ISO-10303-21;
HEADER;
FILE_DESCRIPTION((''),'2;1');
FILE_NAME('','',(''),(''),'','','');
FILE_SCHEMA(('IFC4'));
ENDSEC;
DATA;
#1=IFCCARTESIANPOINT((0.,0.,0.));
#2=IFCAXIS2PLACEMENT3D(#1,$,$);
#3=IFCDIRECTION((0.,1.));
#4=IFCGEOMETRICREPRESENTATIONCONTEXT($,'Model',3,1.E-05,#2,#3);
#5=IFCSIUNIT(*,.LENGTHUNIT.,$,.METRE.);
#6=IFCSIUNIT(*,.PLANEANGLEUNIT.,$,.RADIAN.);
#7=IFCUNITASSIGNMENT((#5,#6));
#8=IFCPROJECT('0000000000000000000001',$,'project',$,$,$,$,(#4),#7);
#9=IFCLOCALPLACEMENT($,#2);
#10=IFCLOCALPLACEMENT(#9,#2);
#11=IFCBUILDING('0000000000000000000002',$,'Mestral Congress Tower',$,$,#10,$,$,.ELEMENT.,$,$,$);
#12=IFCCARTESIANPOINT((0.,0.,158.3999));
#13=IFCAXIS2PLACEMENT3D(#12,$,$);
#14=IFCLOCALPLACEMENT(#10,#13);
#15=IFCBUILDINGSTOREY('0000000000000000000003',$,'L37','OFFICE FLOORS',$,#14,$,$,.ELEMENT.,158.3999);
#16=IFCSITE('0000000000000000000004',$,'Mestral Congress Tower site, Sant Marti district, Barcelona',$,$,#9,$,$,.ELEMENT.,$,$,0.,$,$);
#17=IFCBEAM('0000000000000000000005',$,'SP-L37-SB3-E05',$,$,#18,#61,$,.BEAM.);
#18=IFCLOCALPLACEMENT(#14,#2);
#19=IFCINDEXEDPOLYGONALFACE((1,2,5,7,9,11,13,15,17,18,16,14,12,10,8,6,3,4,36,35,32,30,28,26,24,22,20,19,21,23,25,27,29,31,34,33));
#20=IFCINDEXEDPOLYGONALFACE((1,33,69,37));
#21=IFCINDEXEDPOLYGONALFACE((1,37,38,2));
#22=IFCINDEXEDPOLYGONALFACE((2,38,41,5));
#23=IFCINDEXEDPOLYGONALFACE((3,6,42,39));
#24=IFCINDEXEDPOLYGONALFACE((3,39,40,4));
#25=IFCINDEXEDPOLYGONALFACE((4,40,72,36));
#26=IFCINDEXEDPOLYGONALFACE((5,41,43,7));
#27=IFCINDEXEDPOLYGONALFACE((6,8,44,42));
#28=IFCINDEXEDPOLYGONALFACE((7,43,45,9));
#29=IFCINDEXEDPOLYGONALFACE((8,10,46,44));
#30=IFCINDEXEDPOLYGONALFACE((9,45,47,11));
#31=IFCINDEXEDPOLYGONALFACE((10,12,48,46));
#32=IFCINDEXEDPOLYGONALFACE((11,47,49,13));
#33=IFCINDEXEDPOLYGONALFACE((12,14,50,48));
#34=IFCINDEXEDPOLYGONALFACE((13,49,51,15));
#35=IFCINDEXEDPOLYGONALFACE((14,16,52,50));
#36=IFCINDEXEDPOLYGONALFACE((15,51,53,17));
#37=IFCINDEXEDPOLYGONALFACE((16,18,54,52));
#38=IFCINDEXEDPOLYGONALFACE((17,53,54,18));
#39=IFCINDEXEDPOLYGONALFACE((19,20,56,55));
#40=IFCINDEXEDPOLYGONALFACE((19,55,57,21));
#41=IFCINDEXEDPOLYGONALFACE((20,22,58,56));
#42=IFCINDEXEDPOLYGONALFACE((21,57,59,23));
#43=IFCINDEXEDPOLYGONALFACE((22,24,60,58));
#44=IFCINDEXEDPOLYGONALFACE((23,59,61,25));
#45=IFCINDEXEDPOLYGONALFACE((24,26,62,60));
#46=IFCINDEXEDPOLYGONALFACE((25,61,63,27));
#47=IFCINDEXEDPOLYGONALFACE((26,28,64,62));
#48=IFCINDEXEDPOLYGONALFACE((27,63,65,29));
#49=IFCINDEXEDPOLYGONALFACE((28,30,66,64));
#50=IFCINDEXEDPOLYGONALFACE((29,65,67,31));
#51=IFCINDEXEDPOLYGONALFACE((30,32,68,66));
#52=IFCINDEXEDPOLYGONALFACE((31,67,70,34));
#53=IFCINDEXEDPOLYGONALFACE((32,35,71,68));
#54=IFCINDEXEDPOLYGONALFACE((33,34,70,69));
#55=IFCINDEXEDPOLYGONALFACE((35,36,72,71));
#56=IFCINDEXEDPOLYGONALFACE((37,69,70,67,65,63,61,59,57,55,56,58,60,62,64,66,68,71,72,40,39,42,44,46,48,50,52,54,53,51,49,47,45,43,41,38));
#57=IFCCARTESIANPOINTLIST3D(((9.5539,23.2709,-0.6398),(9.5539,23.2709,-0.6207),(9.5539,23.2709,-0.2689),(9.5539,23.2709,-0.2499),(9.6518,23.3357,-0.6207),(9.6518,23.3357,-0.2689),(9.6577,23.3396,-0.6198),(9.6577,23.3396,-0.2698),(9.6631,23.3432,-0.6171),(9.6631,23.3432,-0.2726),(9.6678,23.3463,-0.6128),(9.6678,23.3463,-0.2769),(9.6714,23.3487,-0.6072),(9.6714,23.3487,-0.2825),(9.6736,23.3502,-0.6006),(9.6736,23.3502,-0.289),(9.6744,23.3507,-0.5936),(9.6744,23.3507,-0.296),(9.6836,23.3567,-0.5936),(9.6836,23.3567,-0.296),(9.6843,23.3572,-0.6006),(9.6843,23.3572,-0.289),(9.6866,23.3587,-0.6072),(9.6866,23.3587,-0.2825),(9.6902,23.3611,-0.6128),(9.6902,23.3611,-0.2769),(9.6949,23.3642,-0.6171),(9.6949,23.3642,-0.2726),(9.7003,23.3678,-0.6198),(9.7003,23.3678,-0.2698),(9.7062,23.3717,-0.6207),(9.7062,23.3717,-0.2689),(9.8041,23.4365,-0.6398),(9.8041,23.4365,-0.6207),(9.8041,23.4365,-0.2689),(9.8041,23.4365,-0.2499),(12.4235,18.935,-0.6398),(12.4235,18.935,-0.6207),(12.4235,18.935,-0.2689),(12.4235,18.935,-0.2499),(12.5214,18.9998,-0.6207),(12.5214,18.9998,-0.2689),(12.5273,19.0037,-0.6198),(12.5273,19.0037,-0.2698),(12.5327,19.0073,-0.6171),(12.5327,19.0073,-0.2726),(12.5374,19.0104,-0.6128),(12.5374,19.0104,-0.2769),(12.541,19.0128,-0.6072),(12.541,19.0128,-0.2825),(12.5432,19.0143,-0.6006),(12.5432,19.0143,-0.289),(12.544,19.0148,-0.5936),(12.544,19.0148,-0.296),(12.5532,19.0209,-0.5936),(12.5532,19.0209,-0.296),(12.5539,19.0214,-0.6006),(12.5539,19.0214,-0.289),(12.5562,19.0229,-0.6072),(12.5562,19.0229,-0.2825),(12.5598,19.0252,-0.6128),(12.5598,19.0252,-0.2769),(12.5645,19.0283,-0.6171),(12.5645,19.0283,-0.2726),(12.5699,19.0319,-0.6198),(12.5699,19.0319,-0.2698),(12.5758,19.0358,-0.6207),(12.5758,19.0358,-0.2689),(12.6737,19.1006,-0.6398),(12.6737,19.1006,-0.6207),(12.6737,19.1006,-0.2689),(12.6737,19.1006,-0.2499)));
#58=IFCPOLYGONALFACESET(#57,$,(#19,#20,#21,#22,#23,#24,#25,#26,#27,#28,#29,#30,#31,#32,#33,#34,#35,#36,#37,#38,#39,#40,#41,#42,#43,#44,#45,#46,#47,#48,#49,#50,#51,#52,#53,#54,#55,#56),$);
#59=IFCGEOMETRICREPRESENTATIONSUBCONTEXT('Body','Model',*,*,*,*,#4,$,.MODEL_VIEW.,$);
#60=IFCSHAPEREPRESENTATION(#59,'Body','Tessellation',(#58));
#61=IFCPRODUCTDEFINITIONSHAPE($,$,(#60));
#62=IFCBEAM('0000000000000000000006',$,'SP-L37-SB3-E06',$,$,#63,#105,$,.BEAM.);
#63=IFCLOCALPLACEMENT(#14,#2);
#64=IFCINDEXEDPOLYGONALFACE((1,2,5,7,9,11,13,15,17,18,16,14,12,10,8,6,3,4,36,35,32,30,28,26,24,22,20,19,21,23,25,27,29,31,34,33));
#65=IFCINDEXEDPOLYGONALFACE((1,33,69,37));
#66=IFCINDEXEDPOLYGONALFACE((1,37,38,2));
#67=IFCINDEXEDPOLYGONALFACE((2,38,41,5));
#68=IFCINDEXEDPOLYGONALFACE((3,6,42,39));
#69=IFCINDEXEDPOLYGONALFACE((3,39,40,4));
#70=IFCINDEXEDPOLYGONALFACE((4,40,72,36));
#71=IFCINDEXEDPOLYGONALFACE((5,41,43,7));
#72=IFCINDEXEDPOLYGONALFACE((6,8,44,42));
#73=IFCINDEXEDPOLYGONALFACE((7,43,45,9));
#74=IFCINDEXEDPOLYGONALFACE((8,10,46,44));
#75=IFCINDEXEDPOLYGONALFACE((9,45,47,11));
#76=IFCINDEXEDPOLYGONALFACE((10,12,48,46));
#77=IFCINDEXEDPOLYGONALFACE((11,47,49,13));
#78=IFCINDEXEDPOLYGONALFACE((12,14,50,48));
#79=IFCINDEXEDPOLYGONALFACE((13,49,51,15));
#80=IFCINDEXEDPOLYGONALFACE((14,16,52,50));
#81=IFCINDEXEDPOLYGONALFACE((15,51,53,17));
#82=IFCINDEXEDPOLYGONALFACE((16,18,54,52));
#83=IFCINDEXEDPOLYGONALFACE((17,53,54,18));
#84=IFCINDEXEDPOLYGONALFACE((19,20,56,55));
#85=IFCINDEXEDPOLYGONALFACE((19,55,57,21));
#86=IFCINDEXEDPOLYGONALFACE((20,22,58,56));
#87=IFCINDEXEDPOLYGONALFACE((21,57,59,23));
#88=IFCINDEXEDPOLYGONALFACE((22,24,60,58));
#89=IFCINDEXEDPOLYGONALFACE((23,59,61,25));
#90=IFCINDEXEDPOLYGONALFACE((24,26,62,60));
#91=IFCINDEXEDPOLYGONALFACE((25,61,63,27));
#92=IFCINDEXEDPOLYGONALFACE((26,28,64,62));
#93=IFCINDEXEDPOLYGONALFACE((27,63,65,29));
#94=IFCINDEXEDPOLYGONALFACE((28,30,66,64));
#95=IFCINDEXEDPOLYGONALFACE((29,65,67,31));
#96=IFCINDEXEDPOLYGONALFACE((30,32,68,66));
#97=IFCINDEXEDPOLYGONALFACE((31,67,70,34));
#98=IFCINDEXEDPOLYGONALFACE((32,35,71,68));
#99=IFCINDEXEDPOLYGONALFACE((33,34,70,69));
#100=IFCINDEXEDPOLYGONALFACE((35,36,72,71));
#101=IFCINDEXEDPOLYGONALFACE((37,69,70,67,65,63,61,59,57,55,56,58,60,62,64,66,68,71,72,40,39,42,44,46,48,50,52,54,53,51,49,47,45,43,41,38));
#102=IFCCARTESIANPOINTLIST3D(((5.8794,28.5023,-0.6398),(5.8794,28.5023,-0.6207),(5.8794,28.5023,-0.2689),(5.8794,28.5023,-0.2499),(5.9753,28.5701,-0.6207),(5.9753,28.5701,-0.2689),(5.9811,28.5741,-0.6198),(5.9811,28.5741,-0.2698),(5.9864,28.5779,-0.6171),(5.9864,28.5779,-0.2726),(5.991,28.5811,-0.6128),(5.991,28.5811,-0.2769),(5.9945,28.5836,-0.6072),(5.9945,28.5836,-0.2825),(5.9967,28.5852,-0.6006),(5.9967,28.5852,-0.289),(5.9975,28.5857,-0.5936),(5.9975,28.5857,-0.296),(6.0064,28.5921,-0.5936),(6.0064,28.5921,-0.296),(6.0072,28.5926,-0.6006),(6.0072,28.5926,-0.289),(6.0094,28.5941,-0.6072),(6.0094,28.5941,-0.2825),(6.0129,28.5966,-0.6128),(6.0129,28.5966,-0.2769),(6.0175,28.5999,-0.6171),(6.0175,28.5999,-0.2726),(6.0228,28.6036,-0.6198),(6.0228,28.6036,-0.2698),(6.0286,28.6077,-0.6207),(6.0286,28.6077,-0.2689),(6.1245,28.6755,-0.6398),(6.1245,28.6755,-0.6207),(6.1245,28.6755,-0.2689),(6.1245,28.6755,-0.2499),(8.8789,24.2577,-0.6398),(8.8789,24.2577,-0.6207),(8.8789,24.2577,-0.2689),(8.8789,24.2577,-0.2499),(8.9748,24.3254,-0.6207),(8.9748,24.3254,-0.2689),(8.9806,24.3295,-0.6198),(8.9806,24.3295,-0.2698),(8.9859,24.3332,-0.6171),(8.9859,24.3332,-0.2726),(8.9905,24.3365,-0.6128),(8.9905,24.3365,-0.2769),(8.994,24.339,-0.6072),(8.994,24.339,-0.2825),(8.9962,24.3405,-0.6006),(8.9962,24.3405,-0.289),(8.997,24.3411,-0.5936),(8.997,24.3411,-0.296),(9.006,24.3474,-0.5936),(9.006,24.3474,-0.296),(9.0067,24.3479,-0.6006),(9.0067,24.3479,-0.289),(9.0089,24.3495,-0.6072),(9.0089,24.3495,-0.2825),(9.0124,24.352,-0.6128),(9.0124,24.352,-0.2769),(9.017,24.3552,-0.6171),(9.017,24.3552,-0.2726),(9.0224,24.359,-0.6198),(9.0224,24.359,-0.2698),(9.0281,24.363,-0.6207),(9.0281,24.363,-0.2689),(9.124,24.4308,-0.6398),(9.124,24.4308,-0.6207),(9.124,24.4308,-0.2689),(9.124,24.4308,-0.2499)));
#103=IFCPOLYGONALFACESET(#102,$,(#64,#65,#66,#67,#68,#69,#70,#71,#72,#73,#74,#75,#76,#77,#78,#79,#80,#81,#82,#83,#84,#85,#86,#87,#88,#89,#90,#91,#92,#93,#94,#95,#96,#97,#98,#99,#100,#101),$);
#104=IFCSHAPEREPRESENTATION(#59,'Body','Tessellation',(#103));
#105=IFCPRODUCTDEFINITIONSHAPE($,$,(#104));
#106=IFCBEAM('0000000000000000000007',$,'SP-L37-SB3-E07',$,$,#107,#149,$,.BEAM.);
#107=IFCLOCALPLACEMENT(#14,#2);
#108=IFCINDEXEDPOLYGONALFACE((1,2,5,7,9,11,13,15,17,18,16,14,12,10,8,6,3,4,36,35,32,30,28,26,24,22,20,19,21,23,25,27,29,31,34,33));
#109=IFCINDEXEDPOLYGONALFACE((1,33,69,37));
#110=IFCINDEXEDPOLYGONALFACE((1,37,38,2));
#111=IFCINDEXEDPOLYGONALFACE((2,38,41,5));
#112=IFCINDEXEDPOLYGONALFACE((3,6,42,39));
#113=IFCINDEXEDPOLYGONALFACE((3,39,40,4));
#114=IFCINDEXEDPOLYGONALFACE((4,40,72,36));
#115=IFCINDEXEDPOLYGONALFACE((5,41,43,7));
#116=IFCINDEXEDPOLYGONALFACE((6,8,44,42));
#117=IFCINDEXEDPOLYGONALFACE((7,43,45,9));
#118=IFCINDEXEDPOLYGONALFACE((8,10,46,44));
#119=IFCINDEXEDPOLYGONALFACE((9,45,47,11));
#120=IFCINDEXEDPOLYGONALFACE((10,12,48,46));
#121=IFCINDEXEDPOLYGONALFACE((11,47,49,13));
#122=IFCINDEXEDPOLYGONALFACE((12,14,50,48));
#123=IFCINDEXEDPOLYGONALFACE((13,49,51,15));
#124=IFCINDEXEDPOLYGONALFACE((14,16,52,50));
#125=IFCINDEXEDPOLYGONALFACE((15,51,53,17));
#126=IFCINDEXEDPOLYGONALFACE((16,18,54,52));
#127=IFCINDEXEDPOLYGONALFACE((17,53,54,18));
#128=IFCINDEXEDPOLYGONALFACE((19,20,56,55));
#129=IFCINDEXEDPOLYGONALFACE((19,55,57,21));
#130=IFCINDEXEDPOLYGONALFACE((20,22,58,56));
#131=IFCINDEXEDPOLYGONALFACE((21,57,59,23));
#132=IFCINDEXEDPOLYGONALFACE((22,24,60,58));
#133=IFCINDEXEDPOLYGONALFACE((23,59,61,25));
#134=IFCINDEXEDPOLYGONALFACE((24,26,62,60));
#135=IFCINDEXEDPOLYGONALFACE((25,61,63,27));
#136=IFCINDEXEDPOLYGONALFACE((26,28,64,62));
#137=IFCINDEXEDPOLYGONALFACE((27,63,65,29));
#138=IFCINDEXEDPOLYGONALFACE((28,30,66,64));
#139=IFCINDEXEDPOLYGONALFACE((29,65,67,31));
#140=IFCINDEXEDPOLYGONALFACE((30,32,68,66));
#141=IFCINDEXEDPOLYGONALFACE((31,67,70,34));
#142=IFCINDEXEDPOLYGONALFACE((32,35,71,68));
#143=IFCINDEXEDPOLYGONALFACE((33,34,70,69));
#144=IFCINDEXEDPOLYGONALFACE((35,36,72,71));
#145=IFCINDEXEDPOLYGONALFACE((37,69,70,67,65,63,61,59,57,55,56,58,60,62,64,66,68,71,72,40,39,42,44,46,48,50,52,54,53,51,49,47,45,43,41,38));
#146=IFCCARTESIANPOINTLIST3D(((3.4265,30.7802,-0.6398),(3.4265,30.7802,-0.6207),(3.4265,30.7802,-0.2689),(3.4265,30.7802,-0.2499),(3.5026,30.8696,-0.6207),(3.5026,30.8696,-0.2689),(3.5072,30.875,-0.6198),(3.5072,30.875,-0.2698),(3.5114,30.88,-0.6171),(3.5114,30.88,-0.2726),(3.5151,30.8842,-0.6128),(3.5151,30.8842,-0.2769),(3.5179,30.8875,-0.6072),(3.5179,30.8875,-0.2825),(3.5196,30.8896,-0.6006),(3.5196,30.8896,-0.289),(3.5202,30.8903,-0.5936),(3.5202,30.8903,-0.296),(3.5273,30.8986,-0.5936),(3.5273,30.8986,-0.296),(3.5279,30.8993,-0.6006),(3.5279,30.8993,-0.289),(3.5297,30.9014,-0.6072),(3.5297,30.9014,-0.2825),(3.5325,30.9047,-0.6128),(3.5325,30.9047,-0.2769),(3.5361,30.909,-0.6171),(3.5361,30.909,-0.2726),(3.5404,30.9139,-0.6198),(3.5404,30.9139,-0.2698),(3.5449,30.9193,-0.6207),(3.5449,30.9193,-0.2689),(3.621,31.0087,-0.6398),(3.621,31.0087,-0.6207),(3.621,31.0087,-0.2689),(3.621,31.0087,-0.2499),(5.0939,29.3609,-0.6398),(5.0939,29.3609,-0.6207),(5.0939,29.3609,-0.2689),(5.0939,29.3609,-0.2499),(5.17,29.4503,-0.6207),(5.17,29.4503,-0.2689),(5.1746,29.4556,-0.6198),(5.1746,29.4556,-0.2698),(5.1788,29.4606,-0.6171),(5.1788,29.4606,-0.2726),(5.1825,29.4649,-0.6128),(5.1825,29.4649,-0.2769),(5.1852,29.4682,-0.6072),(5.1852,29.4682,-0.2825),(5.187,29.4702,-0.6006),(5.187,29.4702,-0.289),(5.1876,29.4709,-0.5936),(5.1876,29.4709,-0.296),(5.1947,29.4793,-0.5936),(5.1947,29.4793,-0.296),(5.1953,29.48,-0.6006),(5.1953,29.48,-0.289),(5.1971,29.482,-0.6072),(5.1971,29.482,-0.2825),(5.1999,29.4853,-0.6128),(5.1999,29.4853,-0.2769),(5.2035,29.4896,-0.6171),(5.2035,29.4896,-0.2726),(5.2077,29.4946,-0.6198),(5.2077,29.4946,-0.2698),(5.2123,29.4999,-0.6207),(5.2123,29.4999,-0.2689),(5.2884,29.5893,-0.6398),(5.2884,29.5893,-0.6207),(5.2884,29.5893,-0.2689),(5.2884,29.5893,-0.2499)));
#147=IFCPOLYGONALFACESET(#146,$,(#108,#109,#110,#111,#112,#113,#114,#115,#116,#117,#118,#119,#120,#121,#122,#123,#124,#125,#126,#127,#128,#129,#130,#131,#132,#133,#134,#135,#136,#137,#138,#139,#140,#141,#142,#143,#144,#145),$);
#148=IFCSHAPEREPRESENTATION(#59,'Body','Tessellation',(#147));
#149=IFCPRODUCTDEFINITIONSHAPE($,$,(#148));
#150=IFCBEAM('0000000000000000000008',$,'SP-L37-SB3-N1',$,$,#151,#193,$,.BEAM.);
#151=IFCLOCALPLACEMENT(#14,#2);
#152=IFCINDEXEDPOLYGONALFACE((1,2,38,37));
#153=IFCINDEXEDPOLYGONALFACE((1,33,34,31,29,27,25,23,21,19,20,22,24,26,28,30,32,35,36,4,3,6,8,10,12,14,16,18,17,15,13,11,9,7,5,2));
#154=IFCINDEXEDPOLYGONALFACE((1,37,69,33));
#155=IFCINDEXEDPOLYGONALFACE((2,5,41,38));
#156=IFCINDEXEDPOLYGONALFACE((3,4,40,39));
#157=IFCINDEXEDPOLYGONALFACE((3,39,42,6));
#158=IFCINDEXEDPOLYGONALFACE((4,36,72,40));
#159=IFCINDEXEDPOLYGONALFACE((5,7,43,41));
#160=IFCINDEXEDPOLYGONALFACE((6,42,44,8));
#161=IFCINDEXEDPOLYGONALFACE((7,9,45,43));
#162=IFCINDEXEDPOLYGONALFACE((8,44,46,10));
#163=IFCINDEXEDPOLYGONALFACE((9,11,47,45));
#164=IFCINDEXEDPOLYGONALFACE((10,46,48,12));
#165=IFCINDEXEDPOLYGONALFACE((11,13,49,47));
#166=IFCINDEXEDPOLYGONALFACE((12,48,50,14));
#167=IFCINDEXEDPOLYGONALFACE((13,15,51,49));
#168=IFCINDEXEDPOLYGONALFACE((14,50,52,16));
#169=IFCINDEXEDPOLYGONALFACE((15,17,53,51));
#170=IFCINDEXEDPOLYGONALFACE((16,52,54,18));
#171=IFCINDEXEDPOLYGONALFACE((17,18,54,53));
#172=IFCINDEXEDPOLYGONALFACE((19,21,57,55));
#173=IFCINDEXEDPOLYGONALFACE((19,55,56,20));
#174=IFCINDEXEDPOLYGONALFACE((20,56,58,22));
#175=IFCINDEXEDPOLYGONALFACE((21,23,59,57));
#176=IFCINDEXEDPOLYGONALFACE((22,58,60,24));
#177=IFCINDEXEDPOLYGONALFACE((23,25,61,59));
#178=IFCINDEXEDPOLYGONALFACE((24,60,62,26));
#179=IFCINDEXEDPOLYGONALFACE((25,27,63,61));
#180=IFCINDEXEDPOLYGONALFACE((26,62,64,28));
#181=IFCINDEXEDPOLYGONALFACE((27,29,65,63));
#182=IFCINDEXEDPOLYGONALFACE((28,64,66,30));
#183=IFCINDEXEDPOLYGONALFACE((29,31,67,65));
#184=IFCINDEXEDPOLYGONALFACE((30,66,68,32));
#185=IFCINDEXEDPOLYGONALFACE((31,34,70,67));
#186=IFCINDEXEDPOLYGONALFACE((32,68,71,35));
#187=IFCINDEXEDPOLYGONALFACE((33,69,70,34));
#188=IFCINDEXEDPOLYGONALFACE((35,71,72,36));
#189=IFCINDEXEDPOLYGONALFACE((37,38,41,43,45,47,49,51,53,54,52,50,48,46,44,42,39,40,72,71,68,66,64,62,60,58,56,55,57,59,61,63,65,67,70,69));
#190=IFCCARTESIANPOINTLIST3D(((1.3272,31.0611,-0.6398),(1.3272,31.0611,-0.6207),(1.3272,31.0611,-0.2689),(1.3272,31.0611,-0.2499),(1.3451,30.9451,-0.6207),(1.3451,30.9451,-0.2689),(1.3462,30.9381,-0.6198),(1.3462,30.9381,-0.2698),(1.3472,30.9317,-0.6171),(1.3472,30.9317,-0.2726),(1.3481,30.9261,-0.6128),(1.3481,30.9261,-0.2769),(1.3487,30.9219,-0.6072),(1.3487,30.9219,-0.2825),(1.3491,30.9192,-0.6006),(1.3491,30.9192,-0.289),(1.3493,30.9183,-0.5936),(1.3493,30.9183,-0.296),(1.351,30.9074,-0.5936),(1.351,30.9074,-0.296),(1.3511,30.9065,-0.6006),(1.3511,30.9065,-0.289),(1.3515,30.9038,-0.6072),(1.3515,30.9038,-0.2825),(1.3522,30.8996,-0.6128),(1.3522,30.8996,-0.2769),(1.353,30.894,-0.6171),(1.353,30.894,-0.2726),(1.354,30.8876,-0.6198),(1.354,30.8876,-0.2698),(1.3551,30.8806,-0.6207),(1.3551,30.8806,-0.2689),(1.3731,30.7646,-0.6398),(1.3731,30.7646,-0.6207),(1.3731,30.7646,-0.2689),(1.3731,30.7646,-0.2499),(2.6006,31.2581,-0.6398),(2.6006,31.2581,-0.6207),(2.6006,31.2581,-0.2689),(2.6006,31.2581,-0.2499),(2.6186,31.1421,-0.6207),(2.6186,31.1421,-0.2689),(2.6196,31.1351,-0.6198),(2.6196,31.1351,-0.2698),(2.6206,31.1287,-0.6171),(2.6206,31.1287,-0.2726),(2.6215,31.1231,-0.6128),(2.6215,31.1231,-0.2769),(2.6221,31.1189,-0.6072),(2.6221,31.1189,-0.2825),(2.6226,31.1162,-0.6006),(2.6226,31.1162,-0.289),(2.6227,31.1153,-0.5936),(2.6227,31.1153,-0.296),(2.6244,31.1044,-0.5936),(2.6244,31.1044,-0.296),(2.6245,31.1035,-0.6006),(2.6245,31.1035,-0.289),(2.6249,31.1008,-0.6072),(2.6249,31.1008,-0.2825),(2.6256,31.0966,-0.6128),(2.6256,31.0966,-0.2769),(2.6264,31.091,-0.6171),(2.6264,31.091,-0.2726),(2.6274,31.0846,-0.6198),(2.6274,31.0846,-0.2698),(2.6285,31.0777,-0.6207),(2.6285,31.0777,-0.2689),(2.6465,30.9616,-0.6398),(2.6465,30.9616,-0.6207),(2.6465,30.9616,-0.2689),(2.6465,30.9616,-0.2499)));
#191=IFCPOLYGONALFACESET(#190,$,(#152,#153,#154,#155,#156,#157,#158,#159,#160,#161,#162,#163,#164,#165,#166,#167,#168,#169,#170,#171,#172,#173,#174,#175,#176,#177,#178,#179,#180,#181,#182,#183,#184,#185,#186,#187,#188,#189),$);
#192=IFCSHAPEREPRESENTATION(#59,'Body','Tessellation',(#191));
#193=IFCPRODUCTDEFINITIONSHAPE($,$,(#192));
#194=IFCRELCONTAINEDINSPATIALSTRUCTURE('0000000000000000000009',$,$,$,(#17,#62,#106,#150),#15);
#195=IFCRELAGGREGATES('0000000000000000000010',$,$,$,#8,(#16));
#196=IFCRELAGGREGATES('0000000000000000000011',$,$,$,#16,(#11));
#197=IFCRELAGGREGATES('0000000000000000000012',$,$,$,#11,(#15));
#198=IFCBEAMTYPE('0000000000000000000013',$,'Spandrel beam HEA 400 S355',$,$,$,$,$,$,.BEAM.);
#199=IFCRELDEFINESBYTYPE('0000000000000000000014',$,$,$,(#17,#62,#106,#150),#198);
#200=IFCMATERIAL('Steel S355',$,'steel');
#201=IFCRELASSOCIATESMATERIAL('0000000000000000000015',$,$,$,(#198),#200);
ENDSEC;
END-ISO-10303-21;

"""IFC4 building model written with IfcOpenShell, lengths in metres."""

from ifc_helpers import new_model, si_unit, direction, frame, origin, origin_2d, place, context, subcontext, project, spatial, i_section, extrude, material, material_profile, profile_set, type_object, element, save


model = new_model("IFC4")

# Units and contexts
model_context = context("Model", 3, precision=1e-05, world=origin(), true_north=direction((0.0, 1.0)))
body_context = subcontext(model_context, "Body", "Model", "MODEL_VIEW")
ifc_project = project(units=[si_unit("LENGTHUNIT", "METRE"), si_unit("PLANEANGLEUNIT", "RADIAN")], contexts=[model_context])

# Site, building, storey
site_placement = place(None, origin())
site = spatial("IfcSite", under=ifc_project, at=site_placement, Name="Mestral Congress Tower site, Sant Marti district, Barcelona", CompositionType="ELEMENT", RefElevation=0.0)
building_placement = place(site_placement, origin())
building = spatial("IfcBuilding", under=site, at=building_placement, Name="Mestral Congress Tower", CompositionType="ELEMENT")
storey_placement = place(building_placement, frame((0.0, 0.0, 158.3999)))
storey = spatial("IfcBuildingStorey", under=building, at=storey_placement, Name="L37", Description="OFFICE FLOORS", CompositionType="ELEMENT", Elevation=158.3999)

# Beams
ifc_material_1 = material(Name="Steel S355", Category="steel")
ifc_material_profile_1 = material_profile(ifc_material_1, i_section(OverallWidth=0.3, OverallDepth=0.3899, WebThickness=0.011, FlangeThickness=0.019, FilletRadius=0.0271, at=origin_2d()), Name="HEA 400")
ifc_profile_set_1 = profile_set([ifc_material_profile_1], Name="Steel S355")
beam_type_1 = type_object("IfcBeamType", Name="Spandrel beam HEA 400 S355", PredefinedType="BEAM", material=ifc_profile_set_1)
beam_1_placement = place(storey_placement, frame((12.5486, 19.0178, -0.4448), z_axis=(-0.551901, 0.833909, 0.0), x_axis=(-0.833909, -0.551901, 0.0)))
element("IfcBeam", 1, at=beam_1_placement, inside=storey, type_object=beam_type_1, Name="SP-L37-SB3-E05", PredefinedType="BEAM", context=body_context, shape_type="SweptSolid", body=[
    extrude(i_section(OverallWidth=0.3, OverallDepth=0.3899, WebThickness=0.011, FlangeThickness=0.019, FilletRadius=0.0271, at=origin_2d()), origin(), (0.0, 0.0, 1.0), 5.1995),
])
beam_2_placement = place(storey_placement, frame((9.0015, 24.3442, -0.4448), z_axis=(-0.577107, 0.816668, 0.0), x_axis=(-0.816668, -0.577107, 0.0)))
element("IfcBeam", 2, at=beam_2_placement, inside=storey, type_object=beam_type_1, Name="SP-L37-SB3-E06", PredefinedType="BEAM", context=body_context, shape_type="SweptSolid", body=[
    extrude(i_section(OverallWidth=0.3, OverallDepth=0.3899, WebThickness=0.011, FlangeThickness=0.019, FilletRadius=0.0271, at=origin_2d()), origin(), (0.0, 0.0, 1.0), 5.1975),
])
beam_3_placement = place(storey_placement, frame((5.1912, 29.4751, -0.4448), z_axis=(-0.761471, 0.648198, 0.0), x_axis=(-0.648198, -0.761471, 0.0)))
element("IfcBeam", 3, at=beam_3_placement, inside=storey, type_object=beam_type_1, Name="SP-L37-SB3-E07", PredefinedType="BEAM", context=body_context, shape_type="SweptSolid", body=[
    extrude(i_section(OverallWidth=0.3, OverallDepth=0.3899, WebThickness=0.011, FlangeThickness=0.019, FilletRadius=0.0271, at=origin_2d()), origin(), (0.0, 0.0, 1.0), 2.1897),
])
beam_4_placement = place(storey_placement, frame((2.6235, 31.1099, -0.4448), z_axis=(-0.988242, -0.152897, 0.0), x_axis=(0.152897, -0.988242, 0.0)))
element("IfcBeam", 4, at=beam_4_placement, inside=storey, type_object=beam_type_1, Name="SP-L37-SB3-N1", PredefinedType="BEAM", context=body_context, shape_type="SweptSolid", body=[
    extrude(i_section(OverallWidth=0.3, OverallDepth=0.3899, WebThickness=0.011, FlangeThickness=0.019, FilletRadius=0.0271, at=origin_2d()), origin(), (0.0, 0.0, 1.0), 1.2886),
])

save(model, "model.ifc")
